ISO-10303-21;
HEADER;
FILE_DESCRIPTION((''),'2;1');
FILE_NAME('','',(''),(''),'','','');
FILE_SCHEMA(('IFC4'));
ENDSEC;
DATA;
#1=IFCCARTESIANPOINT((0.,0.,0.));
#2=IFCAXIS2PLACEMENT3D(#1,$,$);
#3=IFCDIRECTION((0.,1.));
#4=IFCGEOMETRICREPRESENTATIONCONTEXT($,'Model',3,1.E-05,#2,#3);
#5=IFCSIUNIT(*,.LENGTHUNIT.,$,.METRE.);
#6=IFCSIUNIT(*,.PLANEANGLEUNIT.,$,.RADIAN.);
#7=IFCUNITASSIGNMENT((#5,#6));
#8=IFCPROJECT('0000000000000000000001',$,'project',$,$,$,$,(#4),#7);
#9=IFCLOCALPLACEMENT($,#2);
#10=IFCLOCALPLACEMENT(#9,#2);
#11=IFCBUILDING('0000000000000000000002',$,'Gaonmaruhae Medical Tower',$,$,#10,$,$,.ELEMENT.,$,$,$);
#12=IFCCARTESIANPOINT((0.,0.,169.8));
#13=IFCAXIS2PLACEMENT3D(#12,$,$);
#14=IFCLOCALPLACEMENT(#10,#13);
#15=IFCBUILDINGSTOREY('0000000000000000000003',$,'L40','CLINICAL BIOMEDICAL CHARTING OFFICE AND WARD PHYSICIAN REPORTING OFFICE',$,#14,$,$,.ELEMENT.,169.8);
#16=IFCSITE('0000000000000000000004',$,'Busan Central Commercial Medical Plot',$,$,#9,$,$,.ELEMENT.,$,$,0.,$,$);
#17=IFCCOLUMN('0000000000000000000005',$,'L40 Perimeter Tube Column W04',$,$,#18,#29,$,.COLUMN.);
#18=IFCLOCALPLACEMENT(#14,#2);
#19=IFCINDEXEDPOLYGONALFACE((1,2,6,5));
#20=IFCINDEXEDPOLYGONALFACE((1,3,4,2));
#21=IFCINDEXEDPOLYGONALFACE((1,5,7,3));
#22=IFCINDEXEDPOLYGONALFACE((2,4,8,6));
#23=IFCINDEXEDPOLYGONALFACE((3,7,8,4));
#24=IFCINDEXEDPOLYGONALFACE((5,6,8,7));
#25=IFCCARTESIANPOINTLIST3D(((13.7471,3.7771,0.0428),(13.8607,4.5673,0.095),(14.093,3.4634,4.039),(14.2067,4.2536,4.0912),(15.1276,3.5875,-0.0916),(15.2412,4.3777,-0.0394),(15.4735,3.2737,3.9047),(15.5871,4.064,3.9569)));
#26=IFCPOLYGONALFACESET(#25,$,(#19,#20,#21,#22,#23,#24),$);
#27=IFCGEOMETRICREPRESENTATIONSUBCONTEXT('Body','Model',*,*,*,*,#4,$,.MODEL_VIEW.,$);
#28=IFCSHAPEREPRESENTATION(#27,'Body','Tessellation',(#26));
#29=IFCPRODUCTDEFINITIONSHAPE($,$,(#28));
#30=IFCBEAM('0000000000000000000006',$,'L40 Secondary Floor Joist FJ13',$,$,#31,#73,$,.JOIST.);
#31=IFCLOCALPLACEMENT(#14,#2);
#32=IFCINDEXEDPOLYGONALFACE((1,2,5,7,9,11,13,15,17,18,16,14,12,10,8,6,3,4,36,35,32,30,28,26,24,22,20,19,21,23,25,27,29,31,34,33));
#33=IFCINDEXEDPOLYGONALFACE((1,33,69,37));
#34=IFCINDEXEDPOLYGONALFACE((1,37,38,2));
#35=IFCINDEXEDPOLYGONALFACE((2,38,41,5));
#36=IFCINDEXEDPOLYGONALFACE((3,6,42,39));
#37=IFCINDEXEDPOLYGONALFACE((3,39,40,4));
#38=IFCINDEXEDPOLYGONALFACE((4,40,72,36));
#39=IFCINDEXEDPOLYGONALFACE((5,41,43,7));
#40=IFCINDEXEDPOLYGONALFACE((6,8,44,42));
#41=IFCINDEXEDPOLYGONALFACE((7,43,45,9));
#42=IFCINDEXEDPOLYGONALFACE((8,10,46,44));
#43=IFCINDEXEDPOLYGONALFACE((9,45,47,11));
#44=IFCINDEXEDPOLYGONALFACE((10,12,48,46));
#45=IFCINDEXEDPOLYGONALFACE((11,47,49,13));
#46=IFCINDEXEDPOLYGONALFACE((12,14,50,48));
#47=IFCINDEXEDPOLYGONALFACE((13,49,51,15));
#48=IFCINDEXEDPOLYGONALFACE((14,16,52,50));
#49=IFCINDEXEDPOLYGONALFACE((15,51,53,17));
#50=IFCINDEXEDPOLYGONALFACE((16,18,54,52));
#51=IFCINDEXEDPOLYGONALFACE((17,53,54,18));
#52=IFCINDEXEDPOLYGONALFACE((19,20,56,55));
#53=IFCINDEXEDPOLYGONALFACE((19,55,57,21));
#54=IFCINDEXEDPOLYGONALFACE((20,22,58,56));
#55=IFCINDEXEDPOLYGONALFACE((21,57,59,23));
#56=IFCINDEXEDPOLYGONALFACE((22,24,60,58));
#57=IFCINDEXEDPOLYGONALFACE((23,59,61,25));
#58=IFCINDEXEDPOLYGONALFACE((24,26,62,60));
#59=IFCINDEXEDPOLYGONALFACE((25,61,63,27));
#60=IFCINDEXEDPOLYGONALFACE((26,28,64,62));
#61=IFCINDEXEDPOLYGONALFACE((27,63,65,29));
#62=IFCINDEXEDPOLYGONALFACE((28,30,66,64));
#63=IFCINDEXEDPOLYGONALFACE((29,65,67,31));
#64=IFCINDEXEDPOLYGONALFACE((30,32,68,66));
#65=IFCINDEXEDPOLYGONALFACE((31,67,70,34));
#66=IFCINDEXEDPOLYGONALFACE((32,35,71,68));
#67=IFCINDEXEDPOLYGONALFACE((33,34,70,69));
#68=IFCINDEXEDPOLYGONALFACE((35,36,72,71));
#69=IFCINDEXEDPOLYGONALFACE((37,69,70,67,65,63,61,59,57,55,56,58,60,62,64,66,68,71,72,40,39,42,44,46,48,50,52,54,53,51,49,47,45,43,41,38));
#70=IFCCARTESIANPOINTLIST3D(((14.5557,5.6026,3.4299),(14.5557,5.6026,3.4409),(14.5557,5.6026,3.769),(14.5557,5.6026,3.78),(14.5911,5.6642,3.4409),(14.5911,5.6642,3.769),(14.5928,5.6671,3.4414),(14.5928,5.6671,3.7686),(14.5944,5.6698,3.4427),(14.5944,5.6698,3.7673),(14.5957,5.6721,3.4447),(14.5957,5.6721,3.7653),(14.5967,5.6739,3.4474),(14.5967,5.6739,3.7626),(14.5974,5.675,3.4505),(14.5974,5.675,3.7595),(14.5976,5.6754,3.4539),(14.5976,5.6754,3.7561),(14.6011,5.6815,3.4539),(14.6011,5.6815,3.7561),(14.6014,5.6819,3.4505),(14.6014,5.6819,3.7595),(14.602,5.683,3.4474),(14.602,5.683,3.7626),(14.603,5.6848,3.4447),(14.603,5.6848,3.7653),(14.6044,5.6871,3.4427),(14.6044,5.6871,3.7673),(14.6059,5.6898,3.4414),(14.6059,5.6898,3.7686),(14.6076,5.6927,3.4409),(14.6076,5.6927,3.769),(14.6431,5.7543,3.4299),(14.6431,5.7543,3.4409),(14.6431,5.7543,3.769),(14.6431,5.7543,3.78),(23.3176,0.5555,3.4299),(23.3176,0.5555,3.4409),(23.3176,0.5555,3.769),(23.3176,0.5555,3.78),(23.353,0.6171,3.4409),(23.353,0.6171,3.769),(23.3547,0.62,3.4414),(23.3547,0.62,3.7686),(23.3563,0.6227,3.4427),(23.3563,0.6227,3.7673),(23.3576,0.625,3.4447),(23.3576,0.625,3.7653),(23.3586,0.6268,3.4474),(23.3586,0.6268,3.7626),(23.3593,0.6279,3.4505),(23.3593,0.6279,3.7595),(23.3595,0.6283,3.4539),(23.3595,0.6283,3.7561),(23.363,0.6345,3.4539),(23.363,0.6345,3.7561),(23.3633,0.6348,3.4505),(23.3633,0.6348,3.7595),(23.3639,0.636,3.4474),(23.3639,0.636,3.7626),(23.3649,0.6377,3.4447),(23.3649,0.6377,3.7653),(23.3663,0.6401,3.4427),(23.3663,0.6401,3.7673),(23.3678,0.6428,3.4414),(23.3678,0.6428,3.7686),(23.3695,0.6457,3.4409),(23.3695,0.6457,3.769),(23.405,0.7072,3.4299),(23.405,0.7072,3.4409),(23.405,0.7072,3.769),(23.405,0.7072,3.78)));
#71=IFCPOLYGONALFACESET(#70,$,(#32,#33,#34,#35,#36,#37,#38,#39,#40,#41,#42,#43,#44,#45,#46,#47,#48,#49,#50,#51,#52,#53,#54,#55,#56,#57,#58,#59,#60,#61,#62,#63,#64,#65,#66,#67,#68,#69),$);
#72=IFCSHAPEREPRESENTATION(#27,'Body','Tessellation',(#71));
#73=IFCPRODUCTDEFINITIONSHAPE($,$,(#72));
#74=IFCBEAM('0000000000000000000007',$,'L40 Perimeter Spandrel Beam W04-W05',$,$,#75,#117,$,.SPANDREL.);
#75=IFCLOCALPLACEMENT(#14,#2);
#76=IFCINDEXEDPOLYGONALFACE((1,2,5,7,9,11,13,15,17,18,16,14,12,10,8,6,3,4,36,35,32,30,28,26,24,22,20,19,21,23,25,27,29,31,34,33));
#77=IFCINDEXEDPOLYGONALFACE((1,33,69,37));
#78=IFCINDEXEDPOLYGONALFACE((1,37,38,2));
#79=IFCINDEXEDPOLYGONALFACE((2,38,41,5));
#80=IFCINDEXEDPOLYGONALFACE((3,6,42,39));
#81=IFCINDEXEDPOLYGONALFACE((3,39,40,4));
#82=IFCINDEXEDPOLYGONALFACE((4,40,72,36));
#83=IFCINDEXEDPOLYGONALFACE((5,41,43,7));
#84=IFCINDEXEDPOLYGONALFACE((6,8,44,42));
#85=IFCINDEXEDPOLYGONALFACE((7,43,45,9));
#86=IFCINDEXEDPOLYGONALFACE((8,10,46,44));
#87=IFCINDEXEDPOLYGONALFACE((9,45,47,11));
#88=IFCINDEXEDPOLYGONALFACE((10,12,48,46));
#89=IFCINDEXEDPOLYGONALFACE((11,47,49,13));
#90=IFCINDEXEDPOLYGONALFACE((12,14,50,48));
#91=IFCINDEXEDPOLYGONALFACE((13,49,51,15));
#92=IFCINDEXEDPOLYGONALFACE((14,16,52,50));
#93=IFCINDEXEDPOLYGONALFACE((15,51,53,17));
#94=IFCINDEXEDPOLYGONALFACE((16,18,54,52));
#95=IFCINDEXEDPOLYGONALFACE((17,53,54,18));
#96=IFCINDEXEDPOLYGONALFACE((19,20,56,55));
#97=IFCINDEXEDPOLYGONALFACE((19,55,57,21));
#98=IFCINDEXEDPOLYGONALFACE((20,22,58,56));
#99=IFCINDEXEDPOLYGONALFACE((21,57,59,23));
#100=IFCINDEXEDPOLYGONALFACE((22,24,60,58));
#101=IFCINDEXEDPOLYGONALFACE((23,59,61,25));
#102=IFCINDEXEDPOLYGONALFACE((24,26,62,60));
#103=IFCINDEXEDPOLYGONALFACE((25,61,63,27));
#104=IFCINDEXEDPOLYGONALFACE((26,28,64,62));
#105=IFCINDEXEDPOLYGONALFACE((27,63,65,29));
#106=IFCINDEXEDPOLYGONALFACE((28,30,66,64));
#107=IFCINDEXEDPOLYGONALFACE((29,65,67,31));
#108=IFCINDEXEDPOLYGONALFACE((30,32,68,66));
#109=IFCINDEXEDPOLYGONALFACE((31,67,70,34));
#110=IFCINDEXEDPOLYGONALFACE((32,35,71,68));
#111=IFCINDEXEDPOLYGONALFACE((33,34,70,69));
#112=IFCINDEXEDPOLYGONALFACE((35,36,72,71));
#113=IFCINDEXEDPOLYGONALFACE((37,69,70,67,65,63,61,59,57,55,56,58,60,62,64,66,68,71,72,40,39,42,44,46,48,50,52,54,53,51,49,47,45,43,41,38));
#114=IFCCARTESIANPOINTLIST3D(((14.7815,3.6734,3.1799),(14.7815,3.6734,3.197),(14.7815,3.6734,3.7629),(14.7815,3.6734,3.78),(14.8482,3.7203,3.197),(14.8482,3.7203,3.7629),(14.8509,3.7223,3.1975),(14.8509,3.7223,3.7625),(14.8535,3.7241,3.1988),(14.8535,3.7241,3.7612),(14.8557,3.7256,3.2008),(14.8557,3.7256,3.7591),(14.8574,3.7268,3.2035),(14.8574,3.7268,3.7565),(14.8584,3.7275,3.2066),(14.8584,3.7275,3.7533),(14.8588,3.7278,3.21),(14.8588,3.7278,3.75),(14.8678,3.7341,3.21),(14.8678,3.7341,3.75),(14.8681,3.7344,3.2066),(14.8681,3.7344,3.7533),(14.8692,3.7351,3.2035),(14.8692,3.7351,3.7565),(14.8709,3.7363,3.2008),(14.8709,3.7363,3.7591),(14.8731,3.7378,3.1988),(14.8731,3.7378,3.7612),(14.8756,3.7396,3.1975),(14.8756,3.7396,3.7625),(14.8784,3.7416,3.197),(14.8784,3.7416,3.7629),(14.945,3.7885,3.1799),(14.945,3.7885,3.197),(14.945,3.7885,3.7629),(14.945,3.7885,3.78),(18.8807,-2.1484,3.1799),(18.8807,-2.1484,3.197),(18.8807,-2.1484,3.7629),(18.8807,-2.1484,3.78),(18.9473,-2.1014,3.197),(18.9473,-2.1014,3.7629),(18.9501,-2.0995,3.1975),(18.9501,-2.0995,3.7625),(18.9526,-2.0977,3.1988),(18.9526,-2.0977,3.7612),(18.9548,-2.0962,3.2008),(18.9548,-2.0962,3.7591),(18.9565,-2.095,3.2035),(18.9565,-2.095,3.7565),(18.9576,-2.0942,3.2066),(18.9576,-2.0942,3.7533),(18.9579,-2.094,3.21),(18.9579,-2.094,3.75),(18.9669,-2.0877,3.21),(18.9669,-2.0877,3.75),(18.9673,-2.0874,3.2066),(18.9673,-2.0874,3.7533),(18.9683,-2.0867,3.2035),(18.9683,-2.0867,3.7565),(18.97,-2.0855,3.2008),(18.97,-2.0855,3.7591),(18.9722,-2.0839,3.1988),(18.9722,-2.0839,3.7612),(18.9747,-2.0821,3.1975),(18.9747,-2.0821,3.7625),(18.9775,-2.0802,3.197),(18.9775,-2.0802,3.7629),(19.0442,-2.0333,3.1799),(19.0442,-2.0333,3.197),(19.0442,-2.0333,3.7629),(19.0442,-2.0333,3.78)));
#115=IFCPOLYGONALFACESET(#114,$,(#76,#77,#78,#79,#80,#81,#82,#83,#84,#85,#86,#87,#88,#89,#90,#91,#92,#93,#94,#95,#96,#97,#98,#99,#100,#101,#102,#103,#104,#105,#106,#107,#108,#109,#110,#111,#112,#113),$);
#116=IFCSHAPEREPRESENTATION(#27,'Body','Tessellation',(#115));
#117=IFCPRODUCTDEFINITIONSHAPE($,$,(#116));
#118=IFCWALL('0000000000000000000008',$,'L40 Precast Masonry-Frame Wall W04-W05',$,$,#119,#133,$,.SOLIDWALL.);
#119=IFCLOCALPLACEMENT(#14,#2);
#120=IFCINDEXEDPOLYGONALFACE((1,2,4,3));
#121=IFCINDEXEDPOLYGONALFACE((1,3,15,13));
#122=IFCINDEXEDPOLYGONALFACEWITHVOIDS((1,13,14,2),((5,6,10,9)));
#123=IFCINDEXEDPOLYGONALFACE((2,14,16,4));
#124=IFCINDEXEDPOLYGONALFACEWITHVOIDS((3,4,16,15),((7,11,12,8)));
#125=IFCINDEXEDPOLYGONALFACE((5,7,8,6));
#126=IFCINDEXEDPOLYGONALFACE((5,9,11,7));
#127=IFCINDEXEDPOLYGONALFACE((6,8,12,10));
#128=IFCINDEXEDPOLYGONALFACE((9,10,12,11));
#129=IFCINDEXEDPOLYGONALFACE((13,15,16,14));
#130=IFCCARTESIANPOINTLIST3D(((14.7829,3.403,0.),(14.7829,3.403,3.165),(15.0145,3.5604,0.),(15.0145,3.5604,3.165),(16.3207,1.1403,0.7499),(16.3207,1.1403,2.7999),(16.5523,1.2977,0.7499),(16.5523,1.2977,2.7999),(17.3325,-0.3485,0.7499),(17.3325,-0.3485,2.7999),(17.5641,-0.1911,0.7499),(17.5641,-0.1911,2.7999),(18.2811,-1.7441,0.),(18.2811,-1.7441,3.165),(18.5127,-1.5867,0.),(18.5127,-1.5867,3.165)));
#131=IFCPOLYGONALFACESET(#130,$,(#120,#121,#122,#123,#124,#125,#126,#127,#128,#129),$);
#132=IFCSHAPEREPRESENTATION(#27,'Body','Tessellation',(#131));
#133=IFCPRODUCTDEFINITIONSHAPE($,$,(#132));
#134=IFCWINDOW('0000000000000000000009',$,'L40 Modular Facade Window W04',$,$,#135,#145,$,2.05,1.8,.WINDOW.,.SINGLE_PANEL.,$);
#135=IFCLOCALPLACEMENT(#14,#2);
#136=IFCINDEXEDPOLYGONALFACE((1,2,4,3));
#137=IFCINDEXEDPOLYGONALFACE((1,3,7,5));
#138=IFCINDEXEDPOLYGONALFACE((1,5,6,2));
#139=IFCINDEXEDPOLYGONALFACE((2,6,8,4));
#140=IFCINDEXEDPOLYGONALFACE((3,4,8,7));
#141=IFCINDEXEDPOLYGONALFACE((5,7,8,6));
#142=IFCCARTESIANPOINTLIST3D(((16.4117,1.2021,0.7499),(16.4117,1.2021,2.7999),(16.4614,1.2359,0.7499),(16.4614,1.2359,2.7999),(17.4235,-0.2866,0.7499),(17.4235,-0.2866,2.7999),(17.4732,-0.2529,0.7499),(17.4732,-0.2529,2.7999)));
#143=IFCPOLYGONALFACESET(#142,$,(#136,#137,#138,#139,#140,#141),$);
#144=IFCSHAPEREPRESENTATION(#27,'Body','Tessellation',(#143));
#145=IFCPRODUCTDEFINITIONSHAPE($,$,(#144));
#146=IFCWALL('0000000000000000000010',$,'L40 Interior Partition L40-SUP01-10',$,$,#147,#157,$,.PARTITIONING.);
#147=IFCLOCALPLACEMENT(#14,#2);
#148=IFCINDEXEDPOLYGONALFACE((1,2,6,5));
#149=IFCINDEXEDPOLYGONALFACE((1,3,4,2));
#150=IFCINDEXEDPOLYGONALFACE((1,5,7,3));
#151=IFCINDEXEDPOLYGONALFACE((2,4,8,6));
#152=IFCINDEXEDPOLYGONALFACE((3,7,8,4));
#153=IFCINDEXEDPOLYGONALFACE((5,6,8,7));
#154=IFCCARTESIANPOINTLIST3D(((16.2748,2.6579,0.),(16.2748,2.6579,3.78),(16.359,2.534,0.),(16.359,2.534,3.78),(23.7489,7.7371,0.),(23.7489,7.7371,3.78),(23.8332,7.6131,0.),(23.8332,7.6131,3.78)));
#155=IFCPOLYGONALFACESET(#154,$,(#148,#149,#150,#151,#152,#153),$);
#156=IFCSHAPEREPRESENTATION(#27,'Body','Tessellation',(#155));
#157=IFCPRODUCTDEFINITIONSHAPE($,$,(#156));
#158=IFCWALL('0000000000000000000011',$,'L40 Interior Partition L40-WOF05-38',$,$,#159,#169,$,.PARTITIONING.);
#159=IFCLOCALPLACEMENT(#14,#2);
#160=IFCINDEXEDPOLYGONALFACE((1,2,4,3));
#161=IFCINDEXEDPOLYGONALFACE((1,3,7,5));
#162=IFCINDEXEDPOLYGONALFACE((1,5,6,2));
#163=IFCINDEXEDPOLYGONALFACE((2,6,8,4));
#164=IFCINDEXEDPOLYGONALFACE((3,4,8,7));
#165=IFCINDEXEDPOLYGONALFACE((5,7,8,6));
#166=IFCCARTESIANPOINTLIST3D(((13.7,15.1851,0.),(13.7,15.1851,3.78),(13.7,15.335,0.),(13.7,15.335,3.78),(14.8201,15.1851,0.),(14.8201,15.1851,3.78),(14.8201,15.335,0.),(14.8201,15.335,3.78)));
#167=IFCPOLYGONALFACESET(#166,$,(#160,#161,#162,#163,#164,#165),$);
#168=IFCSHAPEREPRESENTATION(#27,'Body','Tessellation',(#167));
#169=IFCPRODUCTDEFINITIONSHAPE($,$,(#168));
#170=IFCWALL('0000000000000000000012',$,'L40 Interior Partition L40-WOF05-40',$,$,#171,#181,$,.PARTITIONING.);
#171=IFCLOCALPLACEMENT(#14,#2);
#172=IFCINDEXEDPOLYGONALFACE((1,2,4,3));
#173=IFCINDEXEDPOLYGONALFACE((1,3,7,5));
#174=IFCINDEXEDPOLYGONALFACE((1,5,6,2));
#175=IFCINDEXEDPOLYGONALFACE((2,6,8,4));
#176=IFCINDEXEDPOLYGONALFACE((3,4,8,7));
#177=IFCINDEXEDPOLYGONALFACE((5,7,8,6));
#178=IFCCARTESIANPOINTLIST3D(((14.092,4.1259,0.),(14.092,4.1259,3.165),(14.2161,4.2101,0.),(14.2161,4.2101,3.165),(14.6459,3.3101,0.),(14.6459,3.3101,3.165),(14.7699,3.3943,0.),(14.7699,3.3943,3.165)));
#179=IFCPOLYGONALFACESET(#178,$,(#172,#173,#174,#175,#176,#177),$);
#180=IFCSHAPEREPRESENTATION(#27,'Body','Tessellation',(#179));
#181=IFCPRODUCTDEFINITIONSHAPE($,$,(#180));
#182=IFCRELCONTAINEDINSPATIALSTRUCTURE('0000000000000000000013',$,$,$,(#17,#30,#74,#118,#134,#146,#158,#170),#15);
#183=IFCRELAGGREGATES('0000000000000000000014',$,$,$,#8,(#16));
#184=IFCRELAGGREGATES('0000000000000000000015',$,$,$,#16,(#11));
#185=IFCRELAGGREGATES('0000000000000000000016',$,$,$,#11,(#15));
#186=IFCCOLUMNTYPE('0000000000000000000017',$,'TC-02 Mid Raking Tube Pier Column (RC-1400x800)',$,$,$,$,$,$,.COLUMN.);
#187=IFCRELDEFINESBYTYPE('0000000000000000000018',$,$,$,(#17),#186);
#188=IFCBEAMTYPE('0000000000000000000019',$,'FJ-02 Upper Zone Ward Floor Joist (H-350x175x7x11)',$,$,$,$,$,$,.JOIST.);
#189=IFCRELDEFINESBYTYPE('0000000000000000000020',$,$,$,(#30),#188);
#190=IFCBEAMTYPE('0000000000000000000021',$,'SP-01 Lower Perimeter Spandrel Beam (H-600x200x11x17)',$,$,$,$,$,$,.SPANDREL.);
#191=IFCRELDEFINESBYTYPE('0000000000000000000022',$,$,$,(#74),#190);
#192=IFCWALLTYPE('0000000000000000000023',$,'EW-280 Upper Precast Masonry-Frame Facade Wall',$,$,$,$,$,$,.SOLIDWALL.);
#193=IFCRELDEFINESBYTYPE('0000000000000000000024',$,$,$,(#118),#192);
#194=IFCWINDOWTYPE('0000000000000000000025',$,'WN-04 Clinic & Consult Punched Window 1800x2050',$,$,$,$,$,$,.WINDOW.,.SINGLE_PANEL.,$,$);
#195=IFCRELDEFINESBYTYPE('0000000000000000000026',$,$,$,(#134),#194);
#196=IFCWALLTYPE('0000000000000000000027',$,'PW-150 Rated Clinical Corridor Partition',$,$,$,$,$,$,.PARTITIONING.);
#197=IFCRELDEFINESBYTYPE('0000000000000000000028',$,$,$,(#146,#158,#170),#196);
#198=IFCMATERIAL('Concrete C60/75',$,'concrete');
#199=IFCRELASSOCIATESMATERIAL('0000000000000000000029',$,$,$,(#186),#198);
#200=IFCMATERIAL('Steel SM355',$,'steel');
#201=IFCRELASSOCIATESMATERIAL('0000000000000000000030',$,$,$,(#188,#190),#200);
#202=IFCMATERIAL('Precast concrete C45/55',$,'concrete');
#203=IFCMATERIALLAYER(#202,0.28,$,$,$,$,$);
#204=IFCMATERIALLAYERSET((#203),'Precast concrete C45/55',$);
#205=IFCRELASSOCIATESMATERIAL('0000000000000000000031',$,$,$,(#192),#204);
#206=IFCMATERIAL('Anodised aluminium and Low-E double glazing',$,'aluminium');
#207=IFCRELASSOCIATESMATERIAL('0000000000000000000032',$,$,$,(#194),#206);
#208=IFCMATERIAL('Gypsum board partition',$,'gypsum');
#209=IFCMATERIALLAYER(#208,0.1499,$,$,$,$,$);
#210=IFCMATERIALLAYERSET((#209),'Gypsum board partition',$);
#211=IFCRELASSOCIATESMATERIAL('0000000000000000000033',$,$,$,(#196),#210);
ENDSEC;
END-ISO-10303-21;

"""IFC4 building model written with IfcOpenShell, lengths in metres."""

from ifc_helpers import new_model, si_unit, direction, frame, frame_2d, origin, origin_2d, place, context, subcontext, project, spatial, rectangle, i_section, extrude, material, layer, layer_set, material_profile, profile_set, type_object, element, fill, save


model = new_model("IFC4")

# Units and contexts
model_context = context("Model", 3, precision=1e-05, world=origin(), true_north=direction((0.0, 1.0)))
body_context = subcontext(model_context, "Body", "Model", "MODEL_VIEW")
ifc_project = project(units=[si_unit("LENGTHUNIT", "METRE"), si_unit("PLANEANGLEUNIT", "RADIAN")], contexts=[model_context])

# Site, building, storey
site_placement = place(None, origin())
site = spatial("IfcSite", under=ifc_project, at=site_placement, Name="Busan Central Commercial Medical Plot", CompositionType="ELEMENT", RefElevation=0.0)
building_placement = place(site_placement, origin())
building = spatial("IfcBuilding", under=site, at=building_placement, Name="Gaonmaruhae Medical Tower", CompositionType="ELEMENT")
storey_placement = place(building_placement, frame((0.0, 0.0, 169.8)))
storey = spatial("IfcBuildingStorey", under=building, at=storey_placement, Name="L40", Description="CLINICAL BIOMEDICAL CHARTING OFFICE AND WARD PHYSICIAN REPORTING OFFICE", CompositionType="ELEMENT", Elevation=169.8)

# Column
ifc_material_1 = material(Name="Concrete C60/75", Category="concrete")
ifc_material_profile_1 = material_profile(ifc_material_1, rectangle(XDim=1.3999, YDim=0.8, at=origin_2d()), Name="RC-1400x800")
ifc_profile_set_1 = profile_set([ifc_material_profile_1], Name="Concrete C60/75")
column_type = type_object("IfcColumnType", Name="TC-02 Mid Raking Tube Pier Column (RC-1400x800)", PredefinedType="COLUMN", material=ifc_profile_set_1)
column_placement = place(storey_placement, frame((14.4941, 4.0774, 0.0017), z_axis=(0.085981, -0.077971, 0.993241), x_axis=(-0.986119, 0.135473, 0.095999)))
element("IfcColumn", 1, at=column_placement, inside=storey, type_object=column_type, Name="L40 Perimeter Tube Column W04", PredefinedType="COLUMN", context=body_context, shape_type="SweptSolid", body=[
    extrude(rectangle(XDim=1.3999, YDim=0.8, at=origin_2d()), origin(), (0.0, 0.0, 1.0), 4.0234),
])

# Beams
ifc_material_2 = material(Name="Steel SM355", Category="steel")
ifc_material_profile_2 = material_profile(ifc_material_2, i_section(OverallWidth=0.175, OverallDepth=0.3501, WebThickness=0.0071, FlangeThickness=0.011, FilletRadius=0.0129, at=origin_2d()), Name="H-350x175x7x11")
ifc_profile_set_2 = profile_set([ifc_material_profile_2], Name="Steel SM355")
beam_type_1 = type_object("IfcBeamType", Name="FJ-02 Upper Zone Ward Floor Joist (H-350x175x7x11)", PredefinedType="JOIST", material=ifc_profile_set_2)
beam_1_placement = place(storey_placement, frame((14.5994, 5.6785, 3.605), z_axis=(0.866522, -0.499139, 0.0), x_axis=(0.499139, 0.866522, 0.0)))
element("IfcBeam", 2, at=beam_1_placement, inside=storey, type_object=beam_type_1, Name="L40 Secondary Floor Joist FJ13", PredefinedType="JOIST", context=body_context, shape_type="SweptSolid", body=[
    extrude(i_section(OverallWidth=0.175, OverallDepth=0.3501, WebThickness=0.0071, FlangeThickness=0.011, FilletRadius=0.0129, at=origin_2d()), origin(), (0.0, 0.0, 1.0), 10.1116),
])
ifc_material_profile_3 = material_profile(ifc_material_2, i_section(OverallWidth=0.2, OverallDepth=0.6001, WebThickness=0.011, FlangeThickness=0.0171, FilletRadius=0.0129, at=origin_2d()), Name="H-600x200x11x17")
ifc_profile_set_3 = profile_set([ifc_material_profile_3], Name="Steel SM355")
beam_type_2 = type_object("IfcBeamType", Name="SP-01 Lower Perimeter Spandrel Beam (H-600x200x11x17)", PredefinedType="SPANDREL", material=ifc_profile_set_3)
beam_2_placement = place(storey_placement, frame((14.8633, 3.731, 3.48), z_axis=(0.575711, -0.817653, 0.0), x_axis=(0.817653, 0.575711, 0.0)))
element("IfcBeam", 3, at=beam_2_placement, inside=storey, type_object=beam_type_2, Name="L40 Perimeter Spandrel Beam W04-W05", PredefinedType="SPANDREL", context=body_context, shape_type="SweptSolid", body=[
    extrude(i_section(OverallWidth=0.2, OverallDepth=0.6001, WebThickness=0.011, FlangeThickness=0.0171, FilletRadius=0.0129, at=origin_2d()), origin(), (0.0, 0.0, 1.0), 7.1201),
])

# Wall, opening, window
ifc_material_3 = material(Name="Precast concrete C45/55", Category="concrete")
ifc_layer_1 = layer(ifc_material_3, 0.28)
ifc_layer_set_1 = layer_set([ifc_layer_1], Name="Precast concrete C45/55")
wall_type_1 = type_object("IfcWallType", Name="EW-280 Upper Precast Masonry-Frame Facade Wall", PredefinedType="SOLIDWALL", material=ifc_layer_set_1)
wall_1_placement = place(storey_placement, frame((18.397, -1.6655, 0.0), z_axis=(0.0, 0.0, 1.0), x_axis=(-0.56211, 0.827062, 0.0)))
wall_1 = element("IfcWall", 4, at=wall_1_placement, inside=storey, type_object=wall_type_1, Name="L40 Precast Masonry-Frame Wall W04-W05", PredefinedType="SOLIDWALL", context=body_context, shape_type="SweptSolid", body=[
    extrude(rectangle(XDim=6.2234, YDim=0.28, at=frame_2d((3.1118, 0.0))), origin(), (0.0, 0.0, 1.0), 3.165),
])
opening_1_placement = place(wall_1_placement, frame((1.6877, 0.0, 0.75)))
opening_1 = element("IfcOpeningElement", 5, at=opening_1_placement, cuts=wall_1, PredefinedType="OPENING", context=body_context, shape_type="SweptSolid", body=[
    extrude(rectangle(XDim=1.8, YDim=2.05, at=frame_2d((0.8999, 1.0249))), frame((0.0, 0.1499, 0.0), z_axis=(0.0, -1.0, 0.0), x_axis=(1.0, 0.0, 0.0)), (0.0, 0.0, 1.0), 0.3),
])
ifc_material_4 = material(Name="Anodised aluminium and Low-E double glazing", Category="aluminium")
window_type = type_object("IfcWindowType", Name="WN-04 Clinic & Consult Punched Window 1800x2050", PartitioningType="SINGLE_PANEL", PredefinedType="WINDOW", material=ifc_material_4)
window_placement = place(opening_1_placement, origin())
window = element("IfcWindow", 6, at=window_placement, inside=storey, type_object=window_type, Name="L40 Modular Facade Window W04", OverallHeight=2.05, OverallWidth=1.8, PartitioningType="SINGLE_PANEL", PredefinedType="WINDOW", context=body_context, shape_type="SweptSolid", body=[
    extrude(rectangle(XDim=1.8, YDim=2.05, at=frame_2d((0.8999, 1.0249))), frame((0.0, 0.03, 0.0), z_axis=(0.0, -1.0, 0.0), x_axis=(1.0, 0.0, 0.0)), (0.0, 0.0, 1.0), 0.0601),
])
fill(opening_1, window)

# Walls
ifc_material_5 = material(Name="Gypsum board partition", Category="gypsum")
ifc_layer_2 = layer(ifc_material_5, 0.1499)
ifc_layer_set_2 = layer_set([ifc_layer_2], Name="Gypsum board partition")
wall_type_2 = type_object("IfcWallType", Name="PW-150 Rated Clinical Corridor Partition", PredefinedType="PARTITIONING", material=ifc_layer_set_2)
wall_2_placement = place(storey_placement, frame((16.3169, 2.5959, 0.0), z_axis=(0.0, 0.0, 1.0), x_axis=(0.827096, 0.56206, 0.0)))
element("IfcWall", 7, at=wall_2_placement, inside=storey, type_object=wall_type_2, Name="L40 Interior Partition L40-SUP01-10", PredefinedType="PARTITIONING", context=body_context, shape_type="SweptSolid", body=[
    extrude(rectangle(XDim=9.0366, YDim=0.1499, at=frame_2d((4.5183, 0.0))), origin(), (0.0, 0.0, 1.0), 3.78),
])
wall_3_placement = place(storey_placement, frame((14.8201, 15.26, 0.0), z_axis=(0.0, 0.0, 1.0), x_axis=(-1.0, 0.0, 0.0)))
element("IfcWall", 8, at=wall_3_placement, inside=storey, type_object=wall_type_2, Name="L40 Interior Partition L40-WOF05-38", PredefinedType="PARTITIONING", context=body_context, shape_type="SweptSolid", body=[
    extrude(rectangle(XDim=1.1201, YDim=0.1499, at=frame_2d((0.5601, 0.0))), origin(), (0.0, 0.0, 1.0), 3.78),
])
wall_4_placement = place(storey_placement, frame((14.708, 3.3521, 0.0), z_axis=(0.0, 0.0, 1.0), x_axis=(-0.561707, 0.827336, 0.0)))
element("IfcWall", 9, at=wall_4_placement, inside=storey, type_object=wall_type_2, Name="L40 Interior Partition L40-WOF05-40", PredefinedType="PARTITIONING", context=body_context, shape_type="SweptSolid", body=[
    extrude(rectangle(XDim=0.9861, YDim=0.1499, at=frame_2d((0.4932, 0.0))), origin(), (0.0, 0.0, 1.0), 3.165),
])

save(model, "model.ifc")
